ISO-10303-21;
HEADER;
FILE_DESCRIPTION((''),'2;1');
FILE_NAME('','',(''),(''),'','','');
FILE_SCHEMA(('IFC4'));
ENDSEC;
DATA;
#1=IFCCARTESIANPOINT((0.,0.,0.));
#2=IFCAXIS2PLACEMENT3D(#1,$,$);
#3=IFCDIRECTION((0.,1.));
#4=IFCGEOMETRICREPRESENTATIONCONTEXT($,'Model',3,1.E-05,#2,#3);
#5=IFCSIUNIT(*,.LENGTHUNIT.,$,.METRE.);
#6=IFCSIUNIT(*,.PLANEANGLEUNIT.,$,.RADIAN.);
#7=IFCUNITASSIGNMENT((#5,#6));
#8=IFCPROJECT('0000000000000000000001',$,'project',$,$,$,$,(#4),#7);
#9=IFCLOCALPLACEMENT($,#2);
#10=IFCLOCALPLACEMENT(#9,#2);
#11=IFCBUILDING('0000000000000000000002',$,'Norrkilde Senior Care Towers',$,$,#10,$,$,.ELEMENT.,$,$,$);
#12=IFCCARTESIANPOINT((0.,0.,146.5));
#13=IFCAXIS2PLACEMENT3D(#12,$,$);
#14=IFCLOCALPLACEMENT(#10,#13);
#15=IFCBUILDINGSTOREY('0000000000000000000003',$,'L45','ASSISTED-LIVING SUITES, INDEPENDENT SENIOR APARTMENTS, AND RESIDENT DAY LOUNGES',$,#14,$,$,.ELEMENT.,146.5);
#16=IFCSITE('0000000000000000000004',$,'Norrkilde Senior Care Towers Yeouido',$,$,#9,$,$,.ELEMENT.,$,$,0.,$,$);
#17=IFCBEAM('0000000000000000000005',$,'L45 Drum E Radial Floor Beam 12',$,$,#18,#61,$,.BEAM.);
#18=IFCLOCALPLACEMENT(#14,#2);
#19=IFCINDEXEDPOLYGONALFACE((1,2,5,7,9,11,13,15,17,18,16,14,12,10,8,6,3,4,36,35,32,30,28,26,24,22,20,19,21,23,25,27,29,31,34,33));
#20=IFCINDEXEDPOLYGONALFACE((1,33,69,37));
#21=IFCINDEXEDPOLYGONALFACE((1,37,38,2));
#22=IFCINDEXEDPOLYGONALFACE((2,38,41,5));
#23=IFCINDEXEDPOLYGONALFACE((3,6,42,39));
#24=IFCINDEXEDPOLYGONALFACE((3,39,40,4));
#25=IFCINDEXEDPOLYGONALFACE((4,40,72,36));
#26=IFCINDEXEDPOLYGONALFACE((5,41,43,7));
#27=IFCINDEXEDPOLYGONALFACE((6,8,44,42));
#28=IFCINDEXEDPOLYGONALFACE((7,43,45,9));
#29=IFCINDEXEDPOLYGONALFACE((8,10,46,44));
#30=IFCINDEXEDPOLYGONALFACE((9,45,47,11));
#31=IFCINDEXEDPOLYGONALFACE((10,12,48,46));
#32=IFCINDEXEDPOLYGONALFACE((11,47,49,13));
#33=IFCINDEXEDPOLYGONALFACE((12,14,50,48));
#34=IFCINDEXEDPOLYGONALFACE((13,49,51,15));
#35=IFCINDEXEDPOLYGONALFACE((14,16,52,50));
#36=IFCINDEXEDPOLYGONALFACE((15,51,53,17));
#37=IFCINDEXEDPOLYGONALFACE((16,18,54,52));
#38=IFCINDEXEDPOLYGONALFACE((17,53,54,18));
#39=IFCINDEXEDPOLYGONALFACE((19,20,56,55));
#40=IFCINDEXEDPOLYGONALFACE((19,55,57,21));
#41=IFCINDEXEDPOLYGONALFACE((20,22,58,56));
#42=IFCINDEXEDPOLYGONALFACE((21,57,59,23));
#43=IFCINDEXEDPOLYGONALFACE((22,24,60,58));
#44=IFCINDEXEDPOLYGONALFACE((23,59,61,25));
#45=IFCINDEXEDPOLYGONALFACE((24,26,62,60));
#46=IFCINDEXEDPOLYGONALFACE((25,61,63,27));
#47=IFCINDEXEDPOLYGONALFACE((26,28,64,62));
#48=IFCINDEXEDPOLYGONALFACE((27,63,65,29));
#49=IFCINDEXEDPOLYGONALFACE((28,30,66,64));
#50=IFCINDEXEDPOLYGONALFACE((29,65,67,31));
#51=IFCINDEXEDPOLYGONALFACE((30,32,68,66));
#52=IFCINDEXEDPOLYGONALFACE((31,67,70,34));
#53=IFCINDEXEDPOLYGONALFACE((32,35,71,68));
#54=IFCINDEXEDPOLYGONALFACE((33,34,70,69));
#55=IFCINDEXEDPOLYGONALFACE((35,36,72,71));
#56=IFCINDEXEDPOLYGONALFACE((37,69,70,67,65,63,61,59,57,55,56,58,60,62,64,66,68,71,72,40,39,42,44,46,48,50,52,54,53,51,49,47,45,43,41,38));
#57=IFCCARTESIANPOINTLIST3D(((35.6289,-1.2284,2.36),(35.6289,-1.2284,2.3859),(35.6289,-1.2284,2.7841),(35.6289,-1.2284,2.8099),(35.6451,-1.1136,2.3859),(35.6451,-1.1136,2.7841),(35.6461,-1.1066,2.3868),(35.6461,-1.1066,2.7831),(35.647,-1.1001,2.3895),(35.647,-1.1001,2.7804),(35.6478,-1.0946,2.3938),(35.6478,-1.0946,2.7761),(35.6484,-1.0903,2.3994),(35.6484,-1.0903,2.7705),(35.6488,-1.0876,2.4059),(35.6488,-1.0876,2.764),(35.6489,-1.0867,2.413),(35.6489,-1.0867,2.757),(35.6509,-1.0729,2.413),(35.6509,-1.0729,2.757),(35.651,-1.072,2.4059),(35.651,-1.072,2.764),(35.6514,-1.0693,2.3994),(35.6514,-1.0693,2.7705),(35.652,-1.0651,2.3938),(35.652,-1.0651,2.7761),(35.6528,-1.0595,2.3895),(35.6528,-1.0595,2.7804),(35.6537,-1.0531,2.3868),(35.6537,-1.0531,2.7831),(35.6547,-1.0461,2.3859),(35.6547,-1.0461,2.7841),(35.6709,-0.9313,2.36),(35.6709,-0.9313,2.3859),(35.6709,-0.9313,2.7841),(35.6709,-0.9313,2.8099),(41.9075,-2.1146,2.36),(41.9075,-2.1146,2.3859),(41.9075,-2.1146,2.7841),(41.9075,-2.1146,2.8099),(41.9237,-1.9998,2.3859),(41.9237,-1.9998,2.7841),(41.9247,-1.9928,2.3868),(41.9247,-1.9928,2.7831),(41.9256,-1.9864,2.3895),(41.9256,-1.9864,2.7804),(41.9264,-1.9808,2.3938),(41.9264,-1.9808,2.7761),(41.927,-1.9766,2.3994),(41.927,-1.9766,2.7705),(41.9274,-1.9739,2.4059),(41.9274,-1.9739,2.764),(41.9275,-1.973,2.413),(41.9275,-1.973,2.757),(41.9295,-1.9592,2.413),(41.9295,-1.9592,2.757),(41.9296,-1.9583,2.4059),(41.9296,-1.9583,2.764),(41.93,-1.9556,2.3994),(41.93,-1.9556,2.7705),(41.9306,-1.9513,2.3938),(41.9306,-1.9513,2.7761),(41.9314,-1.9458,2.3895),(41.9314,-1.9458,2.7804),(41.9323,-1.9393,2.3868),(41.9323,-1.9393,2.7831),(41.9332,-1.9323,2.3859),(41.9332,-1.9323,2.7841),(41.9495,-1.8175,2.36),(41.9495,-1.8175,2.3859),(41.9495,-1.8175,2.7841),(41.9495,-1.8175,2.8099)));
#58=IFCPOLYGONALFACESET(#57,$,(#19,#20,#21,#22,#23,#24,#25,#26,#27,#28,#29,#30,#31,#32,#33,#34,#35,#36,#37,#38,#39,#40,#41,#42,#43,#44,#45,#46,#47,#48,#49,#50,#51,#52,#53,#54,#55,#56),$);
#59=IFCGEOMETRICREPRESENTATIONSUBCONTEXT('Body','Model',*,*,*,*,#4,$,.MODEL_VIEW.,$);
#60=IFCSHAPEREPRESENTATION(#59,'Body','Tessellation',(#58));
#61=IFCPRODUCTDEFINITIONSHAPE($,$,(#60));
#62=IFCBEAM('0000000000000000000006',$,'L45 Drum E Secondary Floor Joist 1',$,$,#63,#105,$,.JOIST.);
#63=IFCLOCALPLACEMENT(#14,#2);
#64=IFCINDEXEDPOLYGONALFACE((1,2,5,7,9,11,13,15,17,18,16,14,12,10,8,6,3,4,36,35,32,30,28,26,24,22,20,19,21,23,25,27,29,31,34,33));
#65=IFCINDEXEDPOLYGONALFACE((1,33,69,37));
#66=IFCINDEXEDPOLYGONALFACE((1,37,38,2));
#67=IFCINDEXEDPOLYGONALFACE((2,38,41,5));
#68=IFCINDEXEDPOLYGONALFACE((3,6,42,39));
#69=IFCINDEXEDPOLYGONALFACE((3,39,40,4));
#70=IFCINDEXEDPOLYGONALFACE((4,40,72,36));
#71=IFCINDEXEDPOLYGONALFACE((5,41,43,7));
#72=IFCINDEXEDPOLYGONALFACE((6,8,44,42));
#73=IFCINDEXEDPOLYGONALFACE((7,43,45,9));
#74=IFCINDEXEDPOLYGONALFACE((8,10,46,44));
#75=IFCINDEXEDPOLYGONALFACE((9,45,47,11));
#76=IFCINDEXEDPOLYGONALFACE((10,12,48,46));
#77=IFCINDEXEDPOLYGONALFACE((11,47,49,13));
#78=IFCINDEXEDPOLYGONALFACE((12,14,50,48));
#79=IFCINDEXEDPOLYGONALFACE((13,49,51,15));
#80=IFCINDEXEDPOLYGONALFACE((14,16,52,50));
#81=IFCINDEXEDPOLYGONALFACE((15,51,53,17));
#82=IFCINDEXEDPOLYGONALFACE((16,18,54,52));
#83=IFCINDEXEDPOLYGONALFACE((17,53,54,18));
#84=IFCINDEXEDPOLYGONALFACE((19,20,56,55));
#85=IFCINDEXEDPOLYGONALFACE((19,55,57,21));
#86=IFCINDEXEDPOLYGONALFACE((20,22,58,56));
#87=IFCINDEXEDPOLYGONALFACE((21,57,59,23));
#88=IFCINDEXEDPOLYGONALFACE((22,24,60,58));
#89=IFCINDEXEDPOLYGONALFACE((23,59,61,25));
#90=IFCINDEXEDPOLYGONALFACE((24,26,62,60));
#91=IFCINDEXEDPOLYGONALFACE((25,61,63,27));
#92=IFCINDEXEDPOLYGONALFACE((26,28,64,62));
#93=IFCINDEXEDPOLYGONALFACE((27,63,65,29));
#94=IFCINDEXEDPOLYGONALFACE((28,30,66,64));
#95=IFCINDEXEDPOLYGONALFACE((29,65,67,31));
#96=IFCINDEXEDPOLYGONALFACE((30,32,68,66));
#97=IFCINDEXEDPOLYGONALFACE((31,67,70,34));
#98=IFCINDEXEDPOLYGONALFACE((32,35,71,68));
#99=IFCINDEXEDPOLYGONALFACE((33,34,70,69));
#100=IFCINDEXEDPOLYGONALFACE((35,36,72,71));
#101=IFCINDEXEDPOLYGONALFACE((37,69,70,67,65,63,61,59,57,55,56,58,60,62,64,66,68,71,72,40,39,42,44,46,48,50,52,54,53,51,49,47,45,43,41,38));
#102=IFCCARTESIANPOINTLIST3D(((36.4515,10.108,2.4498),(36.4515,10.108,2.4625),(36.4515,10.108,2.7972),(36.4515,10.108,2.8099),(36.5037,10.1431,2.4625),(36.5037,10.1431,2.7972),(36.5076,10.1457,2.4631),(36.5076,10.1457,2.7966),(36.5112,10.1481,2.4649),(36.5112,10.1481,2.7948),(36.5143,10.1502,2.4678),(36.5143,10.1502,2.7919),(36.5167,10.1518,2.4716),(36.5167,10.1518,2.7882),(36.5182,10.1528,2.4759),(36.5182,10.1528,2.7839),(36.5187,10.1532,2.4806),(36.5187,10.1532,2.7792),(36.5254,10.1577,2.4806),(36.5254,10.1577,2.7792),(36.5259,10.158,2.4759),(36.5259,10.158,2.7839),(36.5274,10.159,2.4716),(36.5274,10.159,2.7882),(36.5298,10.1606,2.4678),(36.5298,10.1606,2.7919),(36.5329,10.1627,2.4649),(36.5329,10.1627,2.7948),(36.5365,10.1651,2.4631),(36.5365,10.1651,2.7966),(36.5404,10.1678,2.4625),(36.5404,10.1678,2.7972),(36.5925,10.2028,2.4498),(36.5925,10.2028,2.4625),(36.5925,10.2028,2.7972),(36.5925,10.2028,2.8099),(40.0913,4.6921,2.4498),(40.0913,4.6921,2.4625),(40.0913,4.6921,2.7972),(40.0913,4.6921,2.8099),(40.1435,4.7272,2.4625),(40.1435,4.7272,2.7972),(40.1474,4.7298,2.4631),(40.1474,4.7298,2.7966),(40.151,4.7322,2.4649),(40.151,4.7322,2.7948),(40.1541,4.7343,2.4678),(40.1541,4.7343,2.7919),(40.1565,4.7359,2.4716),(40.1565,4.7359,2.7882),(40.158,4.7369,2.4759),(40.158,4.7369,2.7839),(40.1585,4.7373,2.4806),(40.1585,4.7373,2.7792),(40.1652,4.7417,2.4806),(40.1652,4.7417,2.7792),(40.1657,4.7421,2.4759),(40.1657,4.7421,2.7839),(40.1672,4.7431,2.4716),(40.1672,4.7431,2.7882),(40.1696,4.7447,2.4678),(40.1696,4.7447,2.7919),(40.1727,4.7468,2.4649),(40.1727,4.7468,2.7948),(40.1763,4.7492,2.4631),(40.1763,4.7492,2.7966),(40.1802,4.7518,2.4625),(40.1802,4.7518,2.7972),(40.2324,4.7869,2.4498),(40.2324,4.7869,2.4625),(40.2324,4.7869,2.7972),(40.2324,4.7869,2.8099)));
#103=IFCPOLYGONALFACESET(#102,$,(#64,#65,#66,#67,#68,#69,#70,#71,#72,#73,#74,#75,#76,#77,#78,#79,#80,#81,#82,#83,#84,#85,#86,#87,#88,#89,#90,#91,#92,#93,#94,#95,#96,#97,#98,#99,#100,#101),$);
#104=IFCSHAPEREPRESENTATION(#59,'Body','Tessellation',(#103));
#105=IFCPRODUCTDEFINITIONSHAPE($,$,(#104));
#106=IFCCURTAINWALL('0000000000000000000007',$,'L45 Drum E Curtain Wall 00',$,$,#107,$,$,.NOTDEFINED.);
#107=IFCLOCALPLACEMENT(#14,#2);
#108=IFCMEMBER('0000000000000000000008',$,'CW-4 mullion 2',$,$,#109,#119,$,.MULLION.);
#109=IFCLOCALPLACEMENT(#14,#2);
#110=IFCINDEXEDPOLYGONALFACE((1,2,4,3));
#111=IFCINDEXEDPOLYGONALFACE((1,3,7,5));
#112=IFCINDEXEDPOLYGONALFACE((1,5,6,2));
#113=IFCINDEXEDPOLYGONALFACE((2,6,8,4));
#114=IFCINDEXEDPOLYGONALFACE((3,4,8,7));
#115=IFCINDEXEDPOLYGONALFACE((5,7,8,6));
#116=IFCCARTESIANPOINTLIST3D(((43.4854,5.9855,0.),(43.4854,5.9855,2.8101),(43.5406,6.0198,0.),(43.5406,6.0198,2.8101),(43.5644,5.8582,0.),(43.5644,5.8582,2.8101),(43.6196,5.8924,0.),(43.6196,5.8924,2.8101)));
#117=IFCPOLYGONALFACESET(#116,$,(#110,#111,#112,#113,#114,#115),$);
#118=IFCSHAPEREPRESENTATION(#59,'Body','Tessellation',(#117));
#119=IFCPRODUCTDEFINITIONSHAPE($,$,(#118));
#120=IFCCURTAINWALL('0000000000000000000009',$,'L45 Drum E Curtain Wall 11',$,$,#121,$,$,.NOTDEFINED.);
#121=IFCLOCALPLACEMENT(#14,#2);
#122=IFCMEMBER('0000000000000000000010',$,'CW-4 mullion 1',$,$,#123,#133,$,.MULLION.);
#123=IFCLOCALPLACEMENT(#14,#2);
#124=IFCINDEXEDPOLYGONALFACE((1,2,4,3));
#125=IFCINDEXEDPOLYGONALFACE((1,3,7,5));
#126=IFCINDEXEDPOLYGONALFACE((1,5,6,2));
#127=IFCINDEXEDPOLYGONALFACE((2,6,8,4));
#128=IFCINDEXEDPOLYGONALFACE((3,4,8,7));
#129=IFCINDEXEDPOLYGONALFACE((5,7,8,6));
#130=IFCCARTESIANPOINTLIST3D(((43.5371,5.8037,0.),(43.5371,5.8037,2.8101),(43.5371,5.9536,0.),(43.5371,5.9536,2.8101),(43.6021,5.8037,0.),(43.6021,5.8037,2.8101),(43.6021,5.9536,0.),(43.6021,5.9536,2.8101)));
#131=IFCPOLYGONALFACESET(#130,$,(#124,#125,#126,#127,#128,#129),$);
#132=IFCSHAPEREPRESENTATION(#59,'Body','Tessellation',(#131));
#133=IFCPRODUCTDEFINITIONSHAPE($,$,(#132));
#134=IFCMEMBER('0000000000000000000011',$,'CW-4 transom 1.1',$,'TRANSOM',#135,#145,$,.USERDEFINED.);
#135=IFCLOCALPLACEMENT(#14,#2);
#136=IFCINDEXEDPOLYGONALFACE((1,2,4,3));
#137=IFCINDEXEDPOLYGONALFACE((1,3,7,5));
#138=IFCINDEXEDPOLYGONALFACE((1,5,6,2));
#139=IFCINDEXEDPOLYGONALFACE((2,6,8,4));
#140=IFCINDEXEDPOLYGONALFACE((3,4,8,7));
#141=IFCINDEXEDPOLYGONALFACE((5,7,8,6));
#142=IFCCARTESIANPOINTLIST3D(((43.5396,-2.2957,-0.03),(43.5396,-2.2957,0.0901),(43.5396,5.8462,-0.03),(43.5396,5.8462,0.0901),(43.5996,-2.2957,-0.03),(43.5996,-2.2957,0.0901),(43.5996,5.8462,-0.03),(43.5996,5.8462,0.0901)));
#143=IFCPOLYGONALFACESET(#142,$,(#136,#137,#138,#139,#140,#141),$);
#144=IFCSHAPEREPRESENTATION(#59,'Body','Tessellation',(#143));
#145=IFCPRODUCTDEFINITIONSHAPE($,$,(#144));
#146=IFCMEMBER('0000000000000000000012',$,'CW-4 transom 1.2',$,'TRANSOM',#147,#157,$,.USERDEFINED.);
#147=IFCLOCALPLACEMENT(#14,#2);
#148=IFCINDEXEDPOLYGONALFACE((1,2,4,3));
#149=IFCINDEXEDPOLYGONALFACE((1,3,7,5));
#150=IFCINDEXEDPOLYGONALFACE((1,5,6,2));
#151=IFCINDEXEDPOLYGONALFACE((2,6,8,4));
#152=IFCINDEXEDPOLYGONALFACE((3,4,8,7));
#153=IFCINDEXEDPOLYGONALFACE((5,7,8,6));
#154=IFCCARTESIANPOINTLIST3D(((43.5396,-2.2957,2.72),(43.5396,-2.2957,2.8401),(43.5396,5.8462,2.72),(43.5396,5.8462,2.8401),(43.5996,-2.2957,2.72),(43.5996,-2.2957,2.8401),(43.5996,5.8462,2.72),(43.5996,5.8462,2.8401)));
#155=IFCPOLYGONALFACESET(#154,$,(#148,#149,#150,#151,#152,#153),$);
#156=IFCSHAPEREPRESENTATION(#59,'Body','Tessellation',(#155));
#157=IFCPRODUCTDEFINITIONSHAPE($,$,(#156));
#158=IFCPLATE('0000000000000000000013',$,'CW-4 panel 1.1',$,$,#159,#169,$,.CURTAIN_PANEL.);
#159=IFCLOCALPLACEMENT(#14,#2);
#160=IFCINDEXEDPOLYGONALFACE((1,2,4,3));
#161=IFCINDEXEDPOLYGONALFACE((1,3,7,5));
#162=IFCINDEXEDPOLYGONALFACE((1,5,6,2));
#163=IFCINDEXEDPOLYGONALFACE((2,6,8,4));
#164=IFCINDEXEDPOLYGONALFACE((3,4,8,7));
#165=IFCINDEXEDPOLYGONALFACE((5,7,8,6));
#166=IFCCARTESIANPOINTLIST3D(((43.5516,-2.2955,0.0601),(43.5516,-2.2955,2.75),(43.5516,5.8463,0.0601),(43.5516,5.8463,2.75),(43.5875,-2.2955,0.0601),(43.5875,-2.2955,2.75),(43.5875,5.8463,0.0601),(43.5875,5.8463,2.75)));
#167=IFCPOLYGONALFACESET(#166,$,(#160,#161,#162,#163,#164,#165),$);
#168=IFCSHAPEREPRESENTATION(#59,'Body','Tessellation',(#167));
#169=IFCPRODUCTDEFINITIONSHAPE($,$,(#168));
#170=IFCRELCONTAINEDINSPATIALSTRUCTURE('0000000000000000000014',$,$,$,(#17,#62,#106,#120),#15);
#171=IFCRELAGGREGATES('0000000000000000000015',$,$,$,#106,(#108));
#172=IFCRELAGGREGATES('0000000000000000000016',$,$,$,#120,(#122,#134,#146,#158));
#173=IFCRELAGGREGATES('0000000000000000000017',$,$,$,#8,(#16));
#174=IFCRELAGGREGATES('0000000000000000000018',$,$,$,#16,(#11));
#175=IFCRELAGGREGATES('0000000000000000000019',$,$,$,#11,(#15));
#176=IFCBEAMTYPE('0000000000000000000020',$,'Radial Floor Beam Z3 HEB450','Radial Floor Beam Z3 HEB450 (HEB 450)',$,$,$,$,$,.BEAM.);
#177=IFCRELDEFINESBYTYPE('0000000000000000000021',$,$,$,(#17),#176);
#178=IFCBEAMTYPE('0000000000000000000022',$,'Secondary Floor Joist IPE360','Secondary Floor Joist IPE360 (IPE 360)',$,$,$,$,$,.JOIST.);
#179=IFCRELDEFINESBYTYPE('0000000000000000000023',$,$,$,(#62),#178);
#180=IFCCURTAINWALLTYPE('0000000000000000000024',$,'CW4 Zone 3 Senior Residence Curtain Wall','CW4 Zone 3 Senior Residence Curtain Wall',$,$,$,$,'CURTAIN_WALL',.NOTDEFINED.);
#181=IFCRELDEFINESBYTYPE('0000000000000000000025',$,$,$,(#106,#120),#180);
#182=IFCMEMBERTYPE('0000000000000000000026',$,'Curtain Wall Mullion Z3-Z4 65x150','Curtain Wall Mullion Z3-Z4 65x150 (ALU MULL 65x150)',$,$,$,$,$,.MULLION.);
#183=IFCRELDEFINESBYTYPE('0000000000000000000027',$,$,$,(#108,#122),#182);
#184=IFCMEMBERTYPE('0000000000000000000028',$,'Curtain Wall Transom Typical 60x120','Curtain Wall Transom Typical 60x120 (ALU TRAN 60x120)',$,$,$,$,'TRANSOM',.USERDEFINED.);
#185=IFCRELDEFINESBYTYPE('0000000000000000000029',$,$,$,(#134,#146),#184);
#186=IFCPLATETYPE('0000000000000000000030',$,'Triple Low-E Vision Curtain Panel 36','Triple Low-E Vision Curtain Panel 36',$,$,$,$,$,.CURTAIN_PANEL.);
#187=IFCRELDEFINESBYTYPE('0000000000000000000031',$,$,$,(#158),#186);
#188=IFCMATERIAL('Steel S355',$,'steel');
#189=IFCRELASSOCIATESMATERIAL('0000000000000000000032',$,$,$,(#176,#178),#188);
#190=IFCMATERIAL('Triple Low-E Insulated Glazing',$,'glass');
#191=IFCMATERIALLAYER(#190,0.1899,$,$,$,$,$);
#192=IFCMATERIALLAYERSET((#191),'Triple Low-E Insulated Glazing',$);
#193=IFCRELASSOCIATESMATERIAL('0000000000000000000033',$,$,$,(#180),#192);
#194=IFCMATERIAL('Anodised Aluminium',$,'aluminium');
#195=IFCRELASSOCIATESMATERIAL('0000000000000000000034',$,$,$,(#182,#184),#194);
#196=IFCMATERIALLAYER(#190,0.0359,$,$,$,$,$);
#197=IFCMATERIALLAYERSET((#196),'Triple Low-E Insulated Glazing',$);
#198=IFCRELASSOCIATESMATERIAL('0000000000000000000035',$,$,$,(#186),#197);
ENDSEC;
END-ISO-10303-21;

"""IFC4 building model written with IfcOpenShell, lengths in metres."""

from ifc_helpers import new_model, si_unit, direction, frame, origin, origin_2d, place, context, subcontext, project, spatial, rectangle, i_section, extrude, source, transform, mapped, material, layer, layer_set, material_profile, profile_set, type_object, type_shapes, element, aggregate, save


model = new_model("IFC4")

# Units and contexts
model_context = context("Model", 3, precision=1e-05, world=origin(), true_north=direction((0.0, 1.0)))
body_context = subcontext(model_context, "Body", "Model", "MODEL_VIEW")
ifc_project = project(units=[si_unit("LENGTHUNIT", "METRE"), si_unit("PLANEANGLEUNIT", "RADIAN")], contexts=[model_context])

# Site, building, storey
site_placement = place(None, origin())
site = spatial("IfcSite", under=ifc_project, at=site_placement, Name="Norrkilde Senior Care Towers Yeouido", CompositionType="ELEMENT", RefElevation=0.0)
building_placement = place(site_placement, origin())
building = spatial("IfcBuilding", under=site, at=building_placement, Name="Norrkilde Senior Care Towers", CompositionType="ELEMENT")
storey_placement = place(building_placement, frame((0.0, 0.0, 146.5)))
storey = spatial("IfcBuildingStorey", under=building, at=storey_placement, Name="L45", Description="ASSISTED-LIVING SUITES, INDEPENDENT SENIOR APARTMENTS, AND RESIDENT DAY LOUNGES", CompositionType="ELEMENT", Elevation=146.5)

# Beams
ifc_material_1 = material(Name="Steel S355", Category="steel")
ifc_material_profile_1 = material_profile(ifc_material_1, i_section(OverallWidth=0.3, OverallDepth=0.45, WebThickness=0.0139, FlangeThickness=0.0259, FilletRadius=0.0271, at=origin_2d()), Name="HEB 450")
ifc_profile_set_1 = profile_set([ifc_material_profile_1], Name="Steel S355")
beam_type_1 = type_object("IfcBeamType", Name="Radial Floor Beam Z3 HEB450", Description="Radial Floor Beam Z3 HEB450 (HEB 450)", PredefinedType="BEAM", material=ifc_profile_set_1)
shared_shape_1 = source(origin(), body_context, "Body", "SweptSolid", [
    extrude(i_section(OverallWidth=0.3, OverallDepth=0.45, WebThickness=0.0139, FlangeThickness=0.0259, FilletRadius=0.0271, at=origin_2d()), origin(), (0.0, 0.0, 1.0), 6.3408),
])
beam_1_placement = place(storey_placement, frame((35.6499, -1.0798, 2.585), z_axis=(0.990185, -0.139766, 0.0), x_axis=(0.139766, 0.990185, 0.0)))
element("IfcBeam", 1, at=beam_1_placement, inside=storey, type_object=beam_type_1, Name="L45 Drum E Radial Floor Beam 12", PredefinedType="BEAM", context=body_context, shape_type="MappedRepresentation", body=[
    mapped(shared_shape_1, transform((0.0, 0.0, 0.0), x_axis=(1.0, 0.0, 0.0), y_axis=(0.0, 1.0, 0.0), z_axis=(0.0, 0.0, 1.0), scale=1.0)),
])
ifc_material_profile_2 = material_profile(ifc_material_1, i_section(OverallWidth=0.1699, OverallDepth=0.3601, WebThickness=0.0081, FlangeThickness=0.0127, FilletRadius=0.0181, at=origin_2d()), Name="IPE 360")
ifc_profile_set_2 = profile_set([ifc_material_profile_2], Name="Steel S355")
beam_type_2 = type_object("IfcBeamType", Name="Secondary Floor Joist IPE360", Description="Secondary Floor Joist IPE360 (IPE 360)", PredefinedType="JOIST", material=ifc_profile_set_2)
shared_shape_2 = source(origin(), body_context, "Body", "SweptSolid", [
    extrude(i_section(OverallWidth=0.1699, OverallDepth=0.3601, WebThickness=0.0081, FlangeThickness=0.0127, FilletRadius=0.0181, at=origin_2d()), origin(), (0.0, 0.0, 1.0), 6.5254),
])
type_shapes(beam_type_2, [shared_shape_2])
beam_2_placement = place(storey_placement, frame((40.1619, 4.7395, 2.6299), z_axis=(-0.557796, 0.829978, 0.0), x_axis=(-0.829978, -0.557796, 0.0)))
element("IfcBeam", 2, at=beam_2_placement, inside=storey, type_object=beam_type_2, Name="L45 Drum E Secondary Floor Joist 1", PredefinedType="JOIST", context=body_context, shape_type="MappedRepresentation", body=[
    mapped(shared_shape_2, transform((0.0, 0.0, 0.0), x_axis=(1.0, 0.0, 0.0), y_axis=(0.0, 1.0, 0.0), z_axis=(0.0, 0.0, 1.0), scale=1.0)),
])

# Curtain wall, member
ifc_material_2 = material(Name="Triple Low-E Insulated Glazing", Category="glass")
ifc_layer_1 = layer(ifc_material_2, 0.1899)
ifc_layer_set_1 = layer_set([ifc_layer_1], Name="Triple Low-E Insulated Glazing")
curtain_wall_type = type_object("IfcCurtainWallType", Name="CW4 Zone 3 Senior Residence Curtain Wall", Description="CW4 Zone 3 Senior Residence Curtain Wall", ElementType="CURTAIN_WALL", PredefinedType="NOTDEFINED", material=ifc_layer_set_1)
curtain_wall_1_placement = place(storey_placement, origin())
curtain_wall_1 = element("IfcCurtainWall", 3, at=curtain_wall_1_placement, inside=storey, type_object=curtain_wall_type, Name="L45 Drum E Curtain Wall 00", PredefinedType="NOTDEFINED")
ifc_material_3 = material(Name="Anodised Aluminium", Category="aluminium")
ifc_material_profile_3 = material_profile(ifc_material_3, rectangle(XDim=0.0649, YDim=0.1499, at=origin_2d()), Name="ALU MULL 65x150")
ifc_profile_set_3 = profile_set([ifc_material_profile_3], Name="Anodised Aluminium")
member_type_1 = type_object("IfcMemberType", Name="Curtain Wall Mullion Z3-Z4 65x150", Description="Curtain Wall Mullion Z3-Z4 65x150 (ALU MULL 65x150)", PredefinedType="MULLION", material=ifc_profile_set_3)
shared_shape_3 = source(origin(), body_context, "Body", "SweptSolid", [
    extrude(rectangle(XDim=0.0649, YDim=0.1499, at=origin_2d()), origin(), (0.0, 0.0, 1.0), 2.8101),
])
type_shapes(member_type_1, [shared_shape_3])
member_1_placement = place(storey_placement, frame((43.5525, 5.939, 0.0), z_axis=(0.0, 0.0, 1.0), x_axis=(0.849634, 0.527373, 0.0)))
member_1 = element("IfcMember", 4, at=member_1_placement, type_object=member_type_1, Name="CW-4 mullion 2", PredefinedType="MULLION", context=body_context, shape_type="MappedRepresentation", body=[
    mapped(shared_shape_3, transform((0.0, 0.0, 0.0), x_axis=(1.0, 0.0, 0.0), y_axis=(0.0, 1.0, 0.0), z_axis=(0.0, 0.0, 1.0), scale=1.0)),
])
aggregate(curtain_wall_1, [member_1])

# Curtain wall, members, plate
curtain_wall_2_placement = place(storey_placement, origin())
curtain_wall_2 = element("IfcCurtainWall", 5, at=curtain_wall_2_placement, inside=storey, type_object=curtain_wall_type, Name="L45 Drum E Curtain Wall 11", PredefinedType="NOTDEFINED")
member_2_placement = place(storey_placement, frame((43.5696, 5.8787, 0.0), z_axis=(0.0, 0.0, 1.0), x_axis=(1.0, 0.0, 0.0)))
member_2 = element("IfcMember", 6, at=member_2_placement, type_object=member_type_1, Name="CW-4 mullion 1", PredefinedType="MULLION", context=body_context, shape_type="MappedRepresentation", body=[
    mapped(shared_shape_3, transform((0.0, 0.0, 0.0), x_axis=(1.0, 0.0, 0.0), y_axis=(0.0, 1.0, 0.0), z_axis=(0.0, 0.0, 1.0), scale=1.0)),
])
ifc_material_profile_4 = material_profile(ifc_material_3, rectangle(XDim=0.0601, YDim=0.1201, at=origin_2d()), Name="ALU TRAN 60x120")
ifc_profile_set_4 = profile_set([ifc_material_profile_4], Name="Anodised Aluminium")
member_type_2 = type_object("IfcMemberType", Name="Curtain Wall Transom Typical 60x120", Description="Curtain Wall Transom Typical 60x120 (ALU TRAN 60x120)", ElementType="TRANSOM", PredefinedType="USERDEFINED", material=ifc_profile_set_4)
shared_shape_4 = source(origin(), body_context, "Body", "SweptSolid", [
    extrude(rectangle(XDim=0.0601, YDim=0.1201, at=origin_2d()), origin(), (0.0, 0.0, 1.0), 8.1418),
])
type_shapes(member_type_2, [shared_shape_4])
member_3_placement = place(storey_placement, frame((43.5696, 5.8462, 0.03), z_axis=(0.0, -1.0, 0.0), x_axis=(1.0, 0.0, 0.0)))
member_3 = element("IfcMember", 7, at=member_3_placement, type_object=member_type_2, Name="CW-4 transom 1.1", ObjectType="TRANSOM", PredefinedType="USERDEFINED", context=body_context, shape_type="MappedRepresentation", body=[
    mapped(shared_shape_4, transform((0.0, 0.0, 0.0), x_axis=(1.0, 0.0, 0.0), y_axis=(0.0, 1.0, 0.0), z_axis=(0.0, 0.0, 1.0), scale=1.0)),
])
member_4_placement = place(storey_placement, frame((43.5696, 5.8462, 2.78), z_axis=(0.0, -1.0, 0.0), x_axis=(1.0, 0.0, 0.0)))
member_4 = element("IfcMember", 8, at=member_4_placement, type_object=member_type_2, Name="CW-4 transom 1.2", ObjectType="TRANSOM", PredefinedType="USERDEFINED", context=body_context, shape_type="MappedRepresentation", body=[
    mapped(shared_shape_4, transform((0.0, 0.0, 0.0), x_axis=(1.0, 0.0, 0.0), y_axis=(0.0, 1.0, 0.0), z_axis=(0.0, 0.0, 1.0), scale=1.0)),
])
ifc_layer_2 = layer(ifc_material_2, 0.0359)
ifc_layer_set_2 = layer_set([ifc_layer_2], Name="Triple Low-E Insulated Glazing")
plate_type = type_object("IfcPlateType", Name="Triple Low-E Vision Curtain Panel 36", Description="Triple Low-E Vision Curtain Panel 36", PredefinedType="CURTAIN_PANEL", material=ifc_layer_set_2)
shared_shape_5 = source(origin(), body_context, "Body", "SweptSolid", [
    extrude(rectangle(XDim=8.1418, YDim=0.0359, at=origin_2d()), origin(), (0.0, 0.0, 1.0), 2.6899),
])
type_shapes(plate_type, [shared_shape_5])
plate_placement = place(storey_placement, frame((43.5696, 1.7754, 0.0601), z_axis=(0.0, 0.0, 1.0), x_axis=(0.0, -1.0, 0.0)))
plate = element("IfcPlate", 9, at=plate_placement, type_object=plate_type, Name="CW-4 panel 1.1", PredefinedType="CURTAIN_PANEL", context=body_context, shape_type="MappedRepresentation", body=[
    mapped(shared_shape_5, transform((0.0, 0.0, 0.0), x_axis=(1.0, 0.0, 0.0), y_axis=(0.0, 1.0, 0.0), z_axis=(0.0, 0.0, 1.0), scale=1.0)),
])
aggregate(curtain_wall_2, [member_2, member_3, member_4, plate])

save(model, "model.ifc")
